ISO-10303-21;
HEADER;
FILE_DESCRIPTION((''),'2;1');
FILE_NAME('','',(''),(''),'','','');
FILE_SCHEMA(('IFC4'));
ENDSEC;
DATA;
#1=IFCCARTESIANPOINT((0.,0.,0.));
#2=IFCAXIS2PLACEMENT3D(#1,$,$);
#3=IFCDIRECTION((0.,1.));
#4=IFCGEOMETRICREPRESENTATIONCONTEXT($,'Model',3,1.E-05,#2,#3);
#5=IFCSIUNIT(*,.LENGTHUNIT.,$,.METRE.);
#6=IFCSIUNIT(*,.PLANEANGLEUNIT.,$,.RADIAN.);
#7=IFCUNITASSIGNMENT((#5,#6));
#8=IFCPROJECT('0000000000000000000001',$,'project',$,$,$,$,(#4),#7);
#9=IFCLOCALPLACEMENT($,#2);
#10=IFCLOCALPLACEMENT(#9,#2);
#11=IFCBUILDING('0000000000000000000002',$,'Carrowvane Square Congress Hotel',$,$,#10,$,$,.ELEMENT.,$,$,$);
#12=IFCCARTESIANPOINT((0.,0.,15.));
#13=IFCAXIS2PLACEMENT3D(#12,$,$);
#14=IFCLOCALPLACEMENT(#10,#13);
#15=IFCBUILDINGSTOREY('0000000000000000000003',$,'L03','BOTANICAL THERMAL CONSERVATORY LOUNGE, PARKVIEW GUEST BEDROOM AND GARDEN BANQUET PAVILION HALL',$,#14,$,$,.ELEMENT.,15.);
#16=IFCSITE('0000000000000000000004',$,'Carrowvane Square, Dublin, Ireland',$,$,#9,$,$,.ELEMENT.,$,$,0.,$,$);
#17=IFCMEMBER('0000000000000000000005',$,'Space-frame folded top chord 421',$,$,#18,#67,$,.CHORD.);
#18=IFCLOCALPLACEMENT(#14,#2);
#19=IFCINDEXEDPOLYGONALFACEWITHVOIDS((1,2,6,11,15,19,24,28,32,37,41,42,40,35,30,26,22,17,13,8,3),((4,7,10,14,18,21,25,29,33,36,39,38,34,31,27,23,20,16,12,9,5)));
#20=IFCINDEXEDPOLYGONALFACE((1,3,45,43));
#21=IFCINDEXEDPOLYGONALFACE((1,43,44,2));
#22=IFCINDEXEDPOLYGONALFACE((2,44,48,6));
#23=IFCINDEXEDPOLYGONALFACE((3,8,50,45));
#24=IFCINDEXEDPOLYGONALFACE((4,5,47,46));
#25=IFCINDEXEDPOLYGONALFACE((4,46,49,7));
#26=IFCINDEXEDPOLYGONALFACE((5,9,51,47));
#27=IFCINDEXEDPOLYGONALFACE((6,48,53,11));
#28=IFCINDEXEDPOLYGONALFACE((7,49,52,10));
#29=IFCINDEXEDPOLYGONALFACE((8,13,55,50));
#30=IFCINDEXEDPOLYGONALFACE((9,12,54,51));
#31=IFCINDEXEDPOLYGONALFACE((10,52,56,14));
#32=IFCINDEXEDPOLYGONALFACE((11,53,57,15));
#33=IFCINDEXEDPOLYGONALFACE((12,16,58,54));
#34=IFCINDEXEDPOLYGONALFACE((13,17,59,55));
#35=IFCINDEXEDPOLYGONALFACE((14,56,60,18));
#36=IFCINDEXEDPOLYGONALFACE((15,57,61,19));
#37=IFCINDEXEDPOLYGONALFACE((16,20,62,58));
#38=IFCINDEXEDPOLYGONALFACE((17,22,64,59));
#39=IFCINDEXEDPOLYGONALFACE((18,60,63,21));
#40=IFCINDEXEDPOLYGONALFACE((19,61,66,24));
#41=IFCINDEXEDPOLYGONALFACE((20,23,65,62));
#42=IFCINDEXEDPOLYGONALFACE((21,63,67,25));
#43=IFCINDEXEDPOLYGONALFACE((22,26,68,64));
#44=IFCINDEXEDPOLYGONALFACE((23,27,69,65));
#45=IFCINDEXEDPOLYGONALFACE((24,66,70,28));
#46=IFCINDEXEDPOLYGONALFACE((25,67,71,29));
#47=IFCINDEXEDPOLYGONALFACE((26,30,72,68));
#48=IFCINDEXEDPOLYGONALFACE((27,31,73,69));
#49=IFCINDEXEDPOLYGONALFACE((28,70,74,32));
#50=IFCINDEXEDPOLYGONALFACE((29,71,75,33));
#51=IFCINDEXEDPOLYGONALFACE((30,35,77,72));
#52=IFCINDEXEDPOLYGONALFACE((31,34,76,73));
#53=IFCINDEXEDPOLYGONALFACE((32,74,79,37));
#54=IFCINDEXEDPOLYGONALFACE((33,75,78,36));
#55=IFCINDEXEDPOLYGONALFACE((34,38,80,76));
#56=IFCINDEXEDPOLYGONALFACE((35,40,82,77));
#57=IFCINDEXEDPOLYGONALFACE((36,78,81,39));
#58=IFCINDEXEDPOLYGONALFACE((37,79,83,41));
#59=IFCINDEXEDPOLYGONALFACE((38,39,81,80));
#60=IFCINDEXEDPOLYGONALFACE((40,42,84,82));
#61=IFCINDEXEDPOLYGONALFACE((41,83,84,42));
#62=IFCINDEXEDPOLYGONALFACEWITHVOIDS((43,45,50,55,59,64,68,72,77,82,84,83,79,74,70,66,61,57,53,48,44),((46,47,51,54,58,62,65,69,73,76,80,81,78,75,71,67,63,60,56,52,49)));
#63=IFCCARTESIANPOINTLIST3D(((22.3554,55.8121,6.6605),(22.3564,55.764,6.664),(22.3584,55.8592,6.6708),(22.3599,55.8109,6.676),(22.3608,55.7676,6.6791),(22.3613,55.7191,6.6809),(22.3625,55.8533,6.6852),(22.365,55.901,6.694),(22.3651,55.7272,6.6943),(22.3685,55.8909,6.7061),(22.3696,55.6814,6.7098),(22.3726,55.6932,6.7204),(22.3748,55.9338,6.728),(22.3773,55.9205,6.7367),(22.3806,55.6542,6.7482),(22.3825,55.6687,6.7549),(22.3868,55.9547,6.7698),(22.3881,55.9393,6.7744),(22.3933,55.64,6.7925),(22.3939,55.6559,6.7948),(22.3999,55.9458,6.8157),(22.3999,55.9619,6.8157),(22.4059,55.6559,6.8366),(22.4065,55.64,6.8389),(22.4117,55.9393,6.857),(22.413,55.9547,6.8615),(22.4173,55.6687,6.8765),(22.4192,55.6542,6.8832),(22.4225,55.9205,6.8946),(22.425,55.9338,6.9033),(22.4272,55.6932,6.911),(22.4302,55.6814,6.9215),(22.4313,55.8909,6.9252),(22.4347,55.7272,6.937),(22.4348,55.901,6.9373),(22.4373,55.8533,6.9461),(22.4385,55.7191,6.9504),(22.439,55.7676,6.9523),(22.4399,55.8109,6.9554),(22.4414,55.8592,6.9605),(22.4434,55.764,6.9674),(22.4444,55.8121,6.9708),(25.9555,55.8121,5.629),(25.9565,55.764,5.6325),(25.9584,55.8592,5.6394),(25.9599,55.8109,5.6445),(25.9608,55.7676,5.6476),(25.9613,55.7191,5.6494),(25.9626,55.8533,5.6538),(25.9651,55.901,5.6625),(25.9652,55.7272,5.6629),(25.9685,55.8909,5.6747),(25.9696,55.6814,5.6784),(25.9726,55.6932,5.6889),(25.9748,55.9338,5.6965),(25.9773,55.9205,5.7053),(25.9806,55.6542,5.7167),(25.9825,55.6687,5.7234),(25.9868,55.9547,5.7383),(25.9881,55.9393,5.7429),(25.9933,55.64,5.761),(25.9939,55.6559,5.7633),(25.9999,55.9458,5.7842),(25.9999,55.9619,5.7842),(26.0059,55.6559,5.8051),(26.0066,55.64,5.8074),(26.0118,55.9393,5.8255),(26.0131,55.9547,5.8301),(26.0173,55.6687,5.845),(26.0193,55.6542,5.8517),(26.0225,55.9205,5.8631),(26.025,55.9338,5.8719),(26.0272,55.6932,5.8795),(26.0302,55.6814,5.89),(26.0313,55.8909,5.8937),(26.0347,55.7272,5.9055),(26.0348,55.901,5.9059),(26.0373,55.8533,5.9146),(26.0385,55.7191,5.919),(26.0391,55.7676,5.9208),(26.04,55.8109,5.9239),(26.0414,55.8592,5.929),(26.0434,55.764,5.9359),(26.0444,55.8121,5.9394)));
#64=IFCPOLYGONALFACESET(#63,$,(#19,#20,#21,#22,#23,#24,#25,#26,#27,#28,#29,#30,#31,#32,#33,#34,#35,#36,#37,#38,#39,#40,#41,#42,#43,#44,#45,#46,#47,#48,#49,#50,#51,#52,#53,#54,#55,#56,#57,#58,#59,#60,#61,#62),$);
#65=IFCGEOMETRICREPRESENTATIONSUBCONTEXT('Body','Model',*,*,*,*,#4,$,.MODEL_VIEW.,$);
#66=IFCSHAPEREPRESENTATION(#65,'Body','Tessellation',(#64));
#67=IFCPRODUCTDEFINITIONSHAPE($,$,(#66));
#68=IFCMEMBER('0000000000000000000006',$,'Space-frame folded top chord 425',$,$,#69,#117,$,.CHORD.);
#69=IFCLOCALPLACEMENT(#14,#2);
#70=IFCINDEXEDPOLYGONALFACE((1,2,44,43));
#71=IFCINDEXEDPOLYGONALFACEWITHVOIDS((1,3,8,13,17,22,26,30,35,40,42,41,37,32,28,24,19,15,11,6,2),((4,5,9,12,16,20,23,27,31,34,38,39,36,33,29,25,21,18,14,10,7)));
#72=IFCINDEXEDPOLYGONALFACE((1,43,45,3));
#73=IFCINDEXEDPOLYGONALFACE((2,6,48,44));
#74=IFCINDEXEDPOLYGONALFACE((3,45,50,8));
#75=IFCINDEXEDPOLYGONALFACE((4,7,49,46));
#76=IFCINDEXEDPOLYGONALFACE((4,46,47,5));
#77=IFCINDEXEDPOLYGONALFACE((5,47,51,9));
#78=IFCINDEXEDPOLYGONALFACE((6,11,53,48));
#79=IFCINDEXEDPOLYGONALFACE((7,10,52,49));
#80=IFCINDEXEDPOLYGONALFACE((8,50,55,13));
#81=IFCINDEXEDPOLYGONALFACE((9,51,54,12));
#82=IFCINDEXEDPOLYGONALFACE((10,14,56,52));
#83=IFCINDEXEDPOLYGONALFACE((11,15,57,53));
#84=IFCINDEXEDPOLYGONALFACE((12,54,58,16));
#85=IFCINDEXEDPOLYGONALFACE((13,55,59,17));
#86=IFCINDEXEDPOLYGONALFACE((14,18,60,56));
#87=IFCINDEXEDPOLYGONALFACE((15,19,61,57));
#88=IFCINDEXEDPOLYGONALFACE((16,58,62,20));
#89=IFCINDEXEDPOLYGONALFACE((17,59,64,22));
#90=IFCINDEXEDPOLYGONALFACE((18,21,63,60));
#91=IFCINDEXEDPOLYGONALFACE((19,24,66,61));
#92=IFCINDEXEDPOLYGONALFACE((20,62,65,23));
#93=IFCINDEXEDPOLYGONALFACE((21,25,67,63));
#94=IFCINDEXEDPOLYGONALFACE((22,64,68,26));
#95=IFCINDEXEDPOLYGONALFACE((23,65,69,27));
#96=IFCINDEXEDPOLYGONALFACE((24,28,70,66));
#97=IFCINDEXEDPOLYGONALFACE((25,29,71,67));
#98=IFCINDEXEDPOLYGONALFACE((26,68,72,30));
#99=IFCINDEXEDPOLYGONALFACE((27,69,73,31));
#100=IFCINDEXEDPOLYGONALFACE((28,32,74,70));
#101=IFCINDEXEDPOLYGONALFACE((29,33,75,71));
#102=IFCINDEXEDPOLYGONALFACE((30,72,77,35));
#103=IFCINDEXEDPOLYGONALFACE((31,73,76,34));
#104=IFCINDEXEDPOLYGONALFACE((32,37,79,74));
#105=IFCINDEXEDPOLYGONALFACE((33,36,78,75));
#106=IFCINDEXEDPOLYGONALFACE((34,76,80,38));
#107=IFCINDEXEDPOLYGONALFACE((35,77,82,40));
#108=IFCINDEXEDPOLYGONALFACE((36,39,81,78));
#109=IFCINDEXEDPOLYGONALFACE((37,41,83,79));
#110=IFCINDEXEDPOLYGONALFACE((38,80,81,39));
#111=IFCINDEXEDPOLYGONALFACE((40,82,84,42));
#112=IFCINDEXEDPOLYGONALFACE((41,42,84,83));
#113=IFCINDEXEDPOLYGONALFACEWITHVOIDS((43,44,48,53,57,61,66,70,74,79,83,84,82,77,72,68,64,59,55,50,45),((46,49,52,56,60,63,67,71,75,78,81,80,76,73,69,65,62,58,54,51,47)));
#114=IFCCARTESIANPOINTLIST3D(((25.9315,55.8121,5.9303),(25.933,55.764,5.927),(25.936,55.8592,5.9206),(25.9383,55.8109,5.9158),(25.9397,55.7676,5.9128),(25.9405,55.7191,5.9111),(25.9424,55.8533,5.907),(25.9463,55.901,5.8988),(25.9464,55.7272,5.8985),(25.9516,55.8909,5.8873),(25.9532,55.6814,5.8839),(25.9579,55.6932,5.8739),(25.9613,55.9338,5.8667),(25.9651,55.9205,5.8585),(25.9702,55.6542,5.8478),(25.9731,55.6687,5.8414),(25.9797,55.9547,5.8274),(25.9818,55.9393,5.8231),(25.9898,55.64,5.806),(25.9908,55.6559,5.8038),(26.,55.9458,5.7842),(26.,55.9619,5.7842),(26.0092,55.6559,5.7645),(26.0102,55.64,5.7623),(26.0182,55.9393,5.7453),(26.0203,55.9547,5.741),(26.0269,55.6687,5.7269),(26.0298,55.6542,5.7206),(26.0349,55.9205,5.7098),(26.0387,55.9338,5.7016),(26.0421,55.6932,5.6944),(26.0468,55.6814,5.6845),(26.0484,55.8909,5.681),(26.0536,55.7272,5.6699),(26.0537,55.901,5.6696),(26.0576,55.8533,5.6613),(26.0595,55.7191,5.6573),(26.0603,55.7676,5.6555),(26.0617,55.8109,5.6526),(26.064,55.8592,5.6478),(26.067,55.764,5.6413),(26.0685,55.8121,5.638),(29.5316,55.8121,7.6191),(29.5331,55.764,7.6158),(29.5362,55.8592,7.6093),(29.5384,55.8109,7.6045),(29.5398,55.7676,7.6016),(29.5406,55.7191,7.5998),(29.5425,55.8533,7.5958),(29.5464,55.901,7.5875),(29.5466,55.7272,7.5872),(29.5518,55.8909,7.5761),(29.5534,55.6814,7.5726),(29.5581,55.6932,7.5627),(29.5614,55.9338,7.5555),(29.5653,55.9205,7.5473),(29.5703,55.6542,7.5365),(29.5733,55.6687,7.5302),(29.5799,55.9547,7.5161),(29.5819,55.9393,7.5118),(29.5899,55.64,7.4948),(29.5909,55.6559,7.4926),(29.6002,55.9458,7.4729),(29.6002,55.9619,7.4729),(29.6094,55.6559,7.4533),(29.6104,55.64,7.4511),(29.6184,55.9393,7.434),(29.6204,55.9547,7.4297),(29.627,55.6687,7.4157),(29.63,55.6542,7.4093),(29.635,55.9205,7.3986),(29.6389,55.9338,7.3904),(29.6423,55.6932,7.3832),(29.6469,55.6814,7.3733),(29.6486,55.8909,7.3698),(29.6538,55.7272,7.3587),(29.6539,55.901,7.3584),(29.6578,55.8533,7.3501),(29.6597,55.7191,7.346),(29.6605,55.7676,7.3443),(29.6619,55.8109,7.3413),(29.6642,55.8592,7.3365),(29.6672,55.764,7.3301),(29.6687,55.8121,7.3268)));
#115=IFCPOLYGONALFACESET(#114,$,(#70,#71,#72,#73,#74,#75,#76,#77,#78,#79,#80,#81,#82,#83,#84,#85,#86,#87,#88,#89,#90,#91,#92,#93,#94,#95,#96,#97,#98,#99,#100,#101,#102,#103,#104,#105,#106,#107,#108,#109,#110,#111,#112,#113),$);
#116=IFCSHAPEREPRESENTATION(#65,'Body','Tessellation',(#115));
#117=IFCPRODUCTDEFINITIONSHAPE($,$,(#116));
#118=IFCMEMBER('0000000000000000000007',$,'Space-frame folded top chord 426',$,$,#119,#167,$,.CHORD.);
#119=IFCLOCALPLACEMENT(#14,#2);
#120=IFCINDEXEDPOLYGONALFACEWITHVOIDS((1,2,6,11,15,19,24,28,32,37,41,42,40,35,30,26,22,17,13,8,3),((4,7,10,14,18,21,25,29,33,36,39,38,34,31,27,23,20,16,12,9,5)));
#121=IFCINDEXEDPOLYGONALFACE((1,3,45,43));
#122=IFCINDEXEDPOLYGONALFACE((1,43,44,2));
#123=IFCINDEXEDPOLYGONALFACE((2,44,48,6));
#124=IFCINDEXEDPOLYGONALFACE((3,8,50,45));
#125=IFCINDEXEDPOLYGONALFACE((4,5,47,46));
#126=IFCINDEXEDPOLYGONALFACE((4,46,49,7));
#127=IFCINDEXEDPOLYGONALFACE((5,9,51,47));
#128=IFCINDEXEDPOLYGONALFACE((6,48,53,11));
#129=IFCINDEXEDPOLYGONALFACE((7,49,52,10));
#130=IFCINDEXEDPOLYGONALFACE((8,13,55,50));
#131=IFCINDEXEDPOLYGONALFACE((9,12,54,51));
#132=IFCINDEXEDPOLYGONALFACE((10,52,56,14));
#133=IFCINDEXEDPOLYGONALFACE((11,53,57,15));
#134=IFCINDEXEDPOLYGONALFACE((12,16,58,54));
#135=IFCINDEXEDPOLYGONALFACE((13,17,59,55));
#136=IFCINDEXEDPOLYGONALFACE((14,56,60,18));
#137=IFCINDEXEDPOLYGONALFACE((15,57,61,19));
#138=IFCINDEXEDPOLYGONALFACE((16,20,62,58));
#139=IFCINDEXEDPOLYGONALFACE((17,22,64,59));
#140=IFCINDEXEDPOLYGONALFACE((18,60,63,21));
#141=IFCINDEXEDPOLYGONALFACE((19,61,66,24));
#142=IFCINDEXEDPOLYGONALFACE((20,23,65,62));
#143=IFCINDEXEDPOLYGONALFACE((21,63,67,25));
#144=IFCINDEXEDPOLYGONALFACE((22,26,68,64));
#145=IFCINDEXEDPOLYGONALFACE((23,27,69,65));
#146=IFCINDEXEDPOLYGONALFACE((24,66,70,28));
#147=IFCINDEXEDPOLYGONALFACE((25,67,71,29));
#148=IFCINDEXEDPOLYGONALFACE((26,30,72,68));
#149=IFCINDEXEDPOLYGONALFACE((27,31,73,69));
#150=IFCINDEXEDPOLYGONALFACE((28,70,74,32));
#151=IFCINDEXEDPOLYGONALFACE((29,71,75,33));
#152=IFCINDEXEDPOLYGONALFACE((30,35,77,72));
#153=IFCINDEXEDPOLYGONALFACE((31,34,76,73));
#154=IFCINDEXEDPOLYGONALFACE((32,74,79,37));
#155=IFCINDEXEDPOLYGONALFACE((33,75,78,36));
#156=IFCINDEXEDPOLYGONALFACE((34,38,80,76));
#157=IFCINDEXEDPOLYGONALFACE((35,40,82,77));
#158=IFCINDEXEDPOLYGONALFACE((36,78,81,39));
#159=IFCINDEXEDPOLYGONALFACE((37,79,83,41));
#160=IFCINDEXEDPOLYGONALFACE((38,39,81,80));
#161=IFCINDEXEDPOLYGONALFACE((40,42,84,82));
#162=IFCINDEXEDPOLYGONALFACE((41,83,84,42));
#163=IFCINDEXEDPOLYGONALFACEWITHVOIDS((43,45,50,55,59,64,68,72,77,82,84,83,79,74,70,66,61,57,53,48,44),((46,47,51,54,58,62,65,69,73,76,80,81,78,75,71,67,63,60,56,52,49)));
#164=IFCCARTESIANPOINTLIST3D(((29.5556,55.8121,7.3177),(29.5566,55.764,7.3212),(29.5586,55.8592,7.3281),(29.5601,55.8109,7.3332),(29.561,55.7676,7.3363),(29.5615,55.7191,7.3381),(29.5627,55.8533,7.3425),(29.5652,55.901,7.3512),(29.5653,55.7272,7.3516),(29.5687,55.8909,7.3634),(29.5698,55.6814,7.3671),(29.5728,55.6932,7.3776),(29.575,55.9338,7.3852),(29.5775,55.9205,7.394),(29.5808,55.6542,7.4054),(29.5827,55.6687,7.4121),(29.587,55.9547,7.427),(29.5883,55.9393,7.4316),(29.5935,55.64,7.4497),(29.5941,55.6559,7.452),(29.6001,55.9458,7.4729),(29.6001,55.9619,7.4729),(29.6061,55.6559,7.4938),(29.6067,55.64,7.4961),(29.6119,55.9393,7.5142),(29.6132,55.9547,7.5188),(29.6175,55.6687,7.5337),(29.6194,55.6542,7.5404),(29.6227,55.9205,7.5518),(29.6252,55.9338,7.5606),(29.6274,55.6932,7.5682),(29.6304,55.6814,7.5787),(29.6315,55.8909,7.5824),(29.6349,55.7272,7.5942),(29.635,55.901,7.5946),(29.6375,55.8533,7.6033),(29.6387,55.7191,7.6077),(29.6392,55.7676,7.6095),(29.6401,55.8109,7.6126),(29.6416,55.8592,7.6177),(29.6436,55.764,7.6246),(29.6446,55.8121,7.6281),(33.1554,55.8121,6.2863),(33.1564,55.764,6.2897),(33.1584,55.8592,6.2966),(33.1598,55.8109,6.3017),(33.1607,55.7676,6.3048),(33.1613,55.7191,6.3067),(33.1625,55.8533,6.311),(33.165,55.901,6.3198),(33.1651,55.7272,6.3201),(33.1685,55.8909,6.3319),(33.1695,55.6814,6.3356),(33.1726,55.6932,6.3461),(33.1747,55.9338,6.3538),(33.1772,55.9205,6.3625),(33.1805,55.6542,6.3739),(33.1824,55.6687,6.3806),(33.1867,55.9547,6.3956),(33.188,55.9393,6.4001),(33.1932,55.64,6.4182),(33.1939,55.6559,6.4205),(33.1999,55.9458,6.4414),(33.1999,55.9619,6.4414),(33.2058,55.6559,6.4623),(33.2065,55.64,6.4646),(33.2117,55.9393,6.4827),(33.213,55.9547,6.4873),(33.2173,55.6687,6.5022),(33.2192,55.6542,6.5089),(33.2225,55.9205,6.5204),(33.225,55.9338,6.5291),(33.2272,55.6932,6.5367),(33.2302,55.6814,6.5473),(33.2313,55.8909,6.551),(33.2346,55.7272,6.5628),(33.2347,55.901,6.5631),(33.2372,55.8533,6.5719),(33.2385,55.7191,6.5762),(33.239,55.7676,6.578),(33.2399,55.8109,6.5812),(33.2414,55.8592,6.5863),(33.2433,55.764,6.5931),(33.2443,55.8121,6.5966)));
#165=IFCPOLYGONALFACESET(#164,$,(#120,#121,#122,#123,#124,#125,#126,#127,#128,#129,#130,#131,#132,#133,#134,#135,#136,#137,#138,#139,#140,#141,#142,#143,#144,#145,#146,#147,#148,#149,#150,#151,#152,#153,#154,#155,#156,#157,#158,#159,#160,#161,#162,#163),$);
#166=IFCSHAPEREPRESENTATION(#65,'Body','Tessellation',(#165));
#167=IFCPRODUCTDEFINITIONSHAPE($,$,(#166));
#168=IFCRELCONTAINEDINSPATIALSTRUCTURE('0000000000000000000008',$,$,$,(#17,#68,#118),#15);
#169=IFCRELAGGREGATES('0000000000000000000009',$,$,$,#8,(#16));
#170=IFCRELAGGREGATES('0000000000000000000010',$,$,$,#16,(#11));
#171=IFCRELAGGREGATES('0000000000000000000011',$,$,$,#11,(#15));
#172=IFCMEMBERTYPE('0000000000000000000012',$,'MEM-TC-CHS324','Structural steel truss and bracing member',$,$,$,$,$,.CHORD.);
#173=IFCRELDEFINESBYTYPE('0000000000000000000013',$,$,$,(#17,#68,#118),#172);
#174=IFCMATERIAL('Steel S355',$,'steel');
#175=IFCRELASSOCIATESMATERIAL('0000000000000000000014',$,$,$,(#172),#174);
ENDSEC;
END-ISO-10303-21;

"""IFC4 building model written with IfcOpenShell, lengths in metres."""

from ifc_helpers import new_model, si_unit, direction, frame, origin, origin_2d, place, context, subcontext, project, spatial, hollow_circle, extrude, material, material_profile, profile_set, type_object, element, save


model = new_model("IFC4")

# Units and contexts
model_context = context("Model", 3, precision=1e-05, world=origin(), true_north=direction((0.0, 1.0)))
body_context = subcontext(model_context, "Body", "Model", "MODEL_VIEW")
ifc_project = project(units=[si_unit("LENGTHUNIT", "METRE"), si_unit("PLANEANGLEUNIT", "RADIAN")], contexts=[model_context])

# Site, building, storey
site_placement = place(None, origin())
site = spatial("IfcSite", under=ifc_project, at=site_placement, Name="Carrowvane Square, Dublin, Ireland", CompositionType="ELEMENT", RefElevation=0.0)
building_placement = place(site_placement, origin())
building = spatial("IfcBuilding", under=site, at=building_placement, Name="Carrowvane Square Congress Hotel", CompositionType="ELEMENT")
storey_placement = place(building_placement, frame((0.0, 0.0, 15.0)))
storey = spatial("IfcBuildingStorey", under=building, at=storey_placement, Name="L03", Description="BOTANICAL THERMAL CONSERVATORY LOUNGE, PARKVIEW GUEST BEDROOM AND GARDEN BANQUET PAVILION HALL", CompositionType="ELEMENT", Elevation=15.0)

# Members
ifc_material_1 = material(Name="Steel S355", Category="steel")
ifc_material_profile_1 = material_profile(ifc_material_1, hollow_circle(Radius=0.1619, WallThickness=0.0161, at=origin_2d()), Name="CHS 323.9x16")
ifc_profile_set_1 = profile_set([ifc_material_profile_1], Name="Steel S355")
member_type_1 = type_object("IfcMemberType", Name="MEM-TC-CHS324", Description="Structural steel truss and bracing member", PredefinedType="CHORD", material=ifc_profile_set_1)
member_1_placement = place(storey_placement, frame((22.3999, 55.8, 6.8157), z_axis=(0.961319, 0.0, -0.275436), x_axis=(0.0, 1.0, 0.0)))
element("IfcMember", 1, at=member_1_placement, inside=storey, type_object=member_type_1, Name="Space-frame folded top chord 421", PredefinedType="CHORD", context=body_context, shape_type="SweptSolid", body=[
    extrude(hollow_circle(Radius=0.1619, WallThickness=0.0161, at=origin_2d()), origin(), (0.0, 0.0, 1.0), 3.7449),
])
member_2_placement = place(storey_placement, frame((26.0, 55.8, 5.7842), z_axis=(0.905345, 0.0, 0.424676), x_axis=(0.0, 1.0, 0.0)))
element("IfcMember", 2, at=member_2_placement, inside=storey, type_object=member_type_1, Name="Space-frame folded top chord 425", PredefinedType="CHORD", context=body_context, shape_type="SweptSolid", body=[
    extrude(hollow_circle(Radius=0.1619, WallThickness=0.0161, at=origin_2d()), origin(), (0.0, 0.0, 1.0), 3.9766),
])
member_3_placement = place(storey_placement, frame((29.6001, 55.8, 7.4729), z_axis=(0.961315, 0.0, -0.275453), x_axis=(0.0, 1.0, 0.0)))
element("IfcMember", 3, at=member_3_placement, inside=storey, type_object=member_type_1, Name="Space-frame folded top chord 426", PredefinedType="CHORD", context=body_context, shape_type="SweptSolid", body=[
    extrude(hollow_circle(Radius=0.1619, WallThickness=0.0161, at=origin_2d()), origin(), (0.0, 0.0, 1.0), 3.7446),
])

save(model, "model.ifc")
